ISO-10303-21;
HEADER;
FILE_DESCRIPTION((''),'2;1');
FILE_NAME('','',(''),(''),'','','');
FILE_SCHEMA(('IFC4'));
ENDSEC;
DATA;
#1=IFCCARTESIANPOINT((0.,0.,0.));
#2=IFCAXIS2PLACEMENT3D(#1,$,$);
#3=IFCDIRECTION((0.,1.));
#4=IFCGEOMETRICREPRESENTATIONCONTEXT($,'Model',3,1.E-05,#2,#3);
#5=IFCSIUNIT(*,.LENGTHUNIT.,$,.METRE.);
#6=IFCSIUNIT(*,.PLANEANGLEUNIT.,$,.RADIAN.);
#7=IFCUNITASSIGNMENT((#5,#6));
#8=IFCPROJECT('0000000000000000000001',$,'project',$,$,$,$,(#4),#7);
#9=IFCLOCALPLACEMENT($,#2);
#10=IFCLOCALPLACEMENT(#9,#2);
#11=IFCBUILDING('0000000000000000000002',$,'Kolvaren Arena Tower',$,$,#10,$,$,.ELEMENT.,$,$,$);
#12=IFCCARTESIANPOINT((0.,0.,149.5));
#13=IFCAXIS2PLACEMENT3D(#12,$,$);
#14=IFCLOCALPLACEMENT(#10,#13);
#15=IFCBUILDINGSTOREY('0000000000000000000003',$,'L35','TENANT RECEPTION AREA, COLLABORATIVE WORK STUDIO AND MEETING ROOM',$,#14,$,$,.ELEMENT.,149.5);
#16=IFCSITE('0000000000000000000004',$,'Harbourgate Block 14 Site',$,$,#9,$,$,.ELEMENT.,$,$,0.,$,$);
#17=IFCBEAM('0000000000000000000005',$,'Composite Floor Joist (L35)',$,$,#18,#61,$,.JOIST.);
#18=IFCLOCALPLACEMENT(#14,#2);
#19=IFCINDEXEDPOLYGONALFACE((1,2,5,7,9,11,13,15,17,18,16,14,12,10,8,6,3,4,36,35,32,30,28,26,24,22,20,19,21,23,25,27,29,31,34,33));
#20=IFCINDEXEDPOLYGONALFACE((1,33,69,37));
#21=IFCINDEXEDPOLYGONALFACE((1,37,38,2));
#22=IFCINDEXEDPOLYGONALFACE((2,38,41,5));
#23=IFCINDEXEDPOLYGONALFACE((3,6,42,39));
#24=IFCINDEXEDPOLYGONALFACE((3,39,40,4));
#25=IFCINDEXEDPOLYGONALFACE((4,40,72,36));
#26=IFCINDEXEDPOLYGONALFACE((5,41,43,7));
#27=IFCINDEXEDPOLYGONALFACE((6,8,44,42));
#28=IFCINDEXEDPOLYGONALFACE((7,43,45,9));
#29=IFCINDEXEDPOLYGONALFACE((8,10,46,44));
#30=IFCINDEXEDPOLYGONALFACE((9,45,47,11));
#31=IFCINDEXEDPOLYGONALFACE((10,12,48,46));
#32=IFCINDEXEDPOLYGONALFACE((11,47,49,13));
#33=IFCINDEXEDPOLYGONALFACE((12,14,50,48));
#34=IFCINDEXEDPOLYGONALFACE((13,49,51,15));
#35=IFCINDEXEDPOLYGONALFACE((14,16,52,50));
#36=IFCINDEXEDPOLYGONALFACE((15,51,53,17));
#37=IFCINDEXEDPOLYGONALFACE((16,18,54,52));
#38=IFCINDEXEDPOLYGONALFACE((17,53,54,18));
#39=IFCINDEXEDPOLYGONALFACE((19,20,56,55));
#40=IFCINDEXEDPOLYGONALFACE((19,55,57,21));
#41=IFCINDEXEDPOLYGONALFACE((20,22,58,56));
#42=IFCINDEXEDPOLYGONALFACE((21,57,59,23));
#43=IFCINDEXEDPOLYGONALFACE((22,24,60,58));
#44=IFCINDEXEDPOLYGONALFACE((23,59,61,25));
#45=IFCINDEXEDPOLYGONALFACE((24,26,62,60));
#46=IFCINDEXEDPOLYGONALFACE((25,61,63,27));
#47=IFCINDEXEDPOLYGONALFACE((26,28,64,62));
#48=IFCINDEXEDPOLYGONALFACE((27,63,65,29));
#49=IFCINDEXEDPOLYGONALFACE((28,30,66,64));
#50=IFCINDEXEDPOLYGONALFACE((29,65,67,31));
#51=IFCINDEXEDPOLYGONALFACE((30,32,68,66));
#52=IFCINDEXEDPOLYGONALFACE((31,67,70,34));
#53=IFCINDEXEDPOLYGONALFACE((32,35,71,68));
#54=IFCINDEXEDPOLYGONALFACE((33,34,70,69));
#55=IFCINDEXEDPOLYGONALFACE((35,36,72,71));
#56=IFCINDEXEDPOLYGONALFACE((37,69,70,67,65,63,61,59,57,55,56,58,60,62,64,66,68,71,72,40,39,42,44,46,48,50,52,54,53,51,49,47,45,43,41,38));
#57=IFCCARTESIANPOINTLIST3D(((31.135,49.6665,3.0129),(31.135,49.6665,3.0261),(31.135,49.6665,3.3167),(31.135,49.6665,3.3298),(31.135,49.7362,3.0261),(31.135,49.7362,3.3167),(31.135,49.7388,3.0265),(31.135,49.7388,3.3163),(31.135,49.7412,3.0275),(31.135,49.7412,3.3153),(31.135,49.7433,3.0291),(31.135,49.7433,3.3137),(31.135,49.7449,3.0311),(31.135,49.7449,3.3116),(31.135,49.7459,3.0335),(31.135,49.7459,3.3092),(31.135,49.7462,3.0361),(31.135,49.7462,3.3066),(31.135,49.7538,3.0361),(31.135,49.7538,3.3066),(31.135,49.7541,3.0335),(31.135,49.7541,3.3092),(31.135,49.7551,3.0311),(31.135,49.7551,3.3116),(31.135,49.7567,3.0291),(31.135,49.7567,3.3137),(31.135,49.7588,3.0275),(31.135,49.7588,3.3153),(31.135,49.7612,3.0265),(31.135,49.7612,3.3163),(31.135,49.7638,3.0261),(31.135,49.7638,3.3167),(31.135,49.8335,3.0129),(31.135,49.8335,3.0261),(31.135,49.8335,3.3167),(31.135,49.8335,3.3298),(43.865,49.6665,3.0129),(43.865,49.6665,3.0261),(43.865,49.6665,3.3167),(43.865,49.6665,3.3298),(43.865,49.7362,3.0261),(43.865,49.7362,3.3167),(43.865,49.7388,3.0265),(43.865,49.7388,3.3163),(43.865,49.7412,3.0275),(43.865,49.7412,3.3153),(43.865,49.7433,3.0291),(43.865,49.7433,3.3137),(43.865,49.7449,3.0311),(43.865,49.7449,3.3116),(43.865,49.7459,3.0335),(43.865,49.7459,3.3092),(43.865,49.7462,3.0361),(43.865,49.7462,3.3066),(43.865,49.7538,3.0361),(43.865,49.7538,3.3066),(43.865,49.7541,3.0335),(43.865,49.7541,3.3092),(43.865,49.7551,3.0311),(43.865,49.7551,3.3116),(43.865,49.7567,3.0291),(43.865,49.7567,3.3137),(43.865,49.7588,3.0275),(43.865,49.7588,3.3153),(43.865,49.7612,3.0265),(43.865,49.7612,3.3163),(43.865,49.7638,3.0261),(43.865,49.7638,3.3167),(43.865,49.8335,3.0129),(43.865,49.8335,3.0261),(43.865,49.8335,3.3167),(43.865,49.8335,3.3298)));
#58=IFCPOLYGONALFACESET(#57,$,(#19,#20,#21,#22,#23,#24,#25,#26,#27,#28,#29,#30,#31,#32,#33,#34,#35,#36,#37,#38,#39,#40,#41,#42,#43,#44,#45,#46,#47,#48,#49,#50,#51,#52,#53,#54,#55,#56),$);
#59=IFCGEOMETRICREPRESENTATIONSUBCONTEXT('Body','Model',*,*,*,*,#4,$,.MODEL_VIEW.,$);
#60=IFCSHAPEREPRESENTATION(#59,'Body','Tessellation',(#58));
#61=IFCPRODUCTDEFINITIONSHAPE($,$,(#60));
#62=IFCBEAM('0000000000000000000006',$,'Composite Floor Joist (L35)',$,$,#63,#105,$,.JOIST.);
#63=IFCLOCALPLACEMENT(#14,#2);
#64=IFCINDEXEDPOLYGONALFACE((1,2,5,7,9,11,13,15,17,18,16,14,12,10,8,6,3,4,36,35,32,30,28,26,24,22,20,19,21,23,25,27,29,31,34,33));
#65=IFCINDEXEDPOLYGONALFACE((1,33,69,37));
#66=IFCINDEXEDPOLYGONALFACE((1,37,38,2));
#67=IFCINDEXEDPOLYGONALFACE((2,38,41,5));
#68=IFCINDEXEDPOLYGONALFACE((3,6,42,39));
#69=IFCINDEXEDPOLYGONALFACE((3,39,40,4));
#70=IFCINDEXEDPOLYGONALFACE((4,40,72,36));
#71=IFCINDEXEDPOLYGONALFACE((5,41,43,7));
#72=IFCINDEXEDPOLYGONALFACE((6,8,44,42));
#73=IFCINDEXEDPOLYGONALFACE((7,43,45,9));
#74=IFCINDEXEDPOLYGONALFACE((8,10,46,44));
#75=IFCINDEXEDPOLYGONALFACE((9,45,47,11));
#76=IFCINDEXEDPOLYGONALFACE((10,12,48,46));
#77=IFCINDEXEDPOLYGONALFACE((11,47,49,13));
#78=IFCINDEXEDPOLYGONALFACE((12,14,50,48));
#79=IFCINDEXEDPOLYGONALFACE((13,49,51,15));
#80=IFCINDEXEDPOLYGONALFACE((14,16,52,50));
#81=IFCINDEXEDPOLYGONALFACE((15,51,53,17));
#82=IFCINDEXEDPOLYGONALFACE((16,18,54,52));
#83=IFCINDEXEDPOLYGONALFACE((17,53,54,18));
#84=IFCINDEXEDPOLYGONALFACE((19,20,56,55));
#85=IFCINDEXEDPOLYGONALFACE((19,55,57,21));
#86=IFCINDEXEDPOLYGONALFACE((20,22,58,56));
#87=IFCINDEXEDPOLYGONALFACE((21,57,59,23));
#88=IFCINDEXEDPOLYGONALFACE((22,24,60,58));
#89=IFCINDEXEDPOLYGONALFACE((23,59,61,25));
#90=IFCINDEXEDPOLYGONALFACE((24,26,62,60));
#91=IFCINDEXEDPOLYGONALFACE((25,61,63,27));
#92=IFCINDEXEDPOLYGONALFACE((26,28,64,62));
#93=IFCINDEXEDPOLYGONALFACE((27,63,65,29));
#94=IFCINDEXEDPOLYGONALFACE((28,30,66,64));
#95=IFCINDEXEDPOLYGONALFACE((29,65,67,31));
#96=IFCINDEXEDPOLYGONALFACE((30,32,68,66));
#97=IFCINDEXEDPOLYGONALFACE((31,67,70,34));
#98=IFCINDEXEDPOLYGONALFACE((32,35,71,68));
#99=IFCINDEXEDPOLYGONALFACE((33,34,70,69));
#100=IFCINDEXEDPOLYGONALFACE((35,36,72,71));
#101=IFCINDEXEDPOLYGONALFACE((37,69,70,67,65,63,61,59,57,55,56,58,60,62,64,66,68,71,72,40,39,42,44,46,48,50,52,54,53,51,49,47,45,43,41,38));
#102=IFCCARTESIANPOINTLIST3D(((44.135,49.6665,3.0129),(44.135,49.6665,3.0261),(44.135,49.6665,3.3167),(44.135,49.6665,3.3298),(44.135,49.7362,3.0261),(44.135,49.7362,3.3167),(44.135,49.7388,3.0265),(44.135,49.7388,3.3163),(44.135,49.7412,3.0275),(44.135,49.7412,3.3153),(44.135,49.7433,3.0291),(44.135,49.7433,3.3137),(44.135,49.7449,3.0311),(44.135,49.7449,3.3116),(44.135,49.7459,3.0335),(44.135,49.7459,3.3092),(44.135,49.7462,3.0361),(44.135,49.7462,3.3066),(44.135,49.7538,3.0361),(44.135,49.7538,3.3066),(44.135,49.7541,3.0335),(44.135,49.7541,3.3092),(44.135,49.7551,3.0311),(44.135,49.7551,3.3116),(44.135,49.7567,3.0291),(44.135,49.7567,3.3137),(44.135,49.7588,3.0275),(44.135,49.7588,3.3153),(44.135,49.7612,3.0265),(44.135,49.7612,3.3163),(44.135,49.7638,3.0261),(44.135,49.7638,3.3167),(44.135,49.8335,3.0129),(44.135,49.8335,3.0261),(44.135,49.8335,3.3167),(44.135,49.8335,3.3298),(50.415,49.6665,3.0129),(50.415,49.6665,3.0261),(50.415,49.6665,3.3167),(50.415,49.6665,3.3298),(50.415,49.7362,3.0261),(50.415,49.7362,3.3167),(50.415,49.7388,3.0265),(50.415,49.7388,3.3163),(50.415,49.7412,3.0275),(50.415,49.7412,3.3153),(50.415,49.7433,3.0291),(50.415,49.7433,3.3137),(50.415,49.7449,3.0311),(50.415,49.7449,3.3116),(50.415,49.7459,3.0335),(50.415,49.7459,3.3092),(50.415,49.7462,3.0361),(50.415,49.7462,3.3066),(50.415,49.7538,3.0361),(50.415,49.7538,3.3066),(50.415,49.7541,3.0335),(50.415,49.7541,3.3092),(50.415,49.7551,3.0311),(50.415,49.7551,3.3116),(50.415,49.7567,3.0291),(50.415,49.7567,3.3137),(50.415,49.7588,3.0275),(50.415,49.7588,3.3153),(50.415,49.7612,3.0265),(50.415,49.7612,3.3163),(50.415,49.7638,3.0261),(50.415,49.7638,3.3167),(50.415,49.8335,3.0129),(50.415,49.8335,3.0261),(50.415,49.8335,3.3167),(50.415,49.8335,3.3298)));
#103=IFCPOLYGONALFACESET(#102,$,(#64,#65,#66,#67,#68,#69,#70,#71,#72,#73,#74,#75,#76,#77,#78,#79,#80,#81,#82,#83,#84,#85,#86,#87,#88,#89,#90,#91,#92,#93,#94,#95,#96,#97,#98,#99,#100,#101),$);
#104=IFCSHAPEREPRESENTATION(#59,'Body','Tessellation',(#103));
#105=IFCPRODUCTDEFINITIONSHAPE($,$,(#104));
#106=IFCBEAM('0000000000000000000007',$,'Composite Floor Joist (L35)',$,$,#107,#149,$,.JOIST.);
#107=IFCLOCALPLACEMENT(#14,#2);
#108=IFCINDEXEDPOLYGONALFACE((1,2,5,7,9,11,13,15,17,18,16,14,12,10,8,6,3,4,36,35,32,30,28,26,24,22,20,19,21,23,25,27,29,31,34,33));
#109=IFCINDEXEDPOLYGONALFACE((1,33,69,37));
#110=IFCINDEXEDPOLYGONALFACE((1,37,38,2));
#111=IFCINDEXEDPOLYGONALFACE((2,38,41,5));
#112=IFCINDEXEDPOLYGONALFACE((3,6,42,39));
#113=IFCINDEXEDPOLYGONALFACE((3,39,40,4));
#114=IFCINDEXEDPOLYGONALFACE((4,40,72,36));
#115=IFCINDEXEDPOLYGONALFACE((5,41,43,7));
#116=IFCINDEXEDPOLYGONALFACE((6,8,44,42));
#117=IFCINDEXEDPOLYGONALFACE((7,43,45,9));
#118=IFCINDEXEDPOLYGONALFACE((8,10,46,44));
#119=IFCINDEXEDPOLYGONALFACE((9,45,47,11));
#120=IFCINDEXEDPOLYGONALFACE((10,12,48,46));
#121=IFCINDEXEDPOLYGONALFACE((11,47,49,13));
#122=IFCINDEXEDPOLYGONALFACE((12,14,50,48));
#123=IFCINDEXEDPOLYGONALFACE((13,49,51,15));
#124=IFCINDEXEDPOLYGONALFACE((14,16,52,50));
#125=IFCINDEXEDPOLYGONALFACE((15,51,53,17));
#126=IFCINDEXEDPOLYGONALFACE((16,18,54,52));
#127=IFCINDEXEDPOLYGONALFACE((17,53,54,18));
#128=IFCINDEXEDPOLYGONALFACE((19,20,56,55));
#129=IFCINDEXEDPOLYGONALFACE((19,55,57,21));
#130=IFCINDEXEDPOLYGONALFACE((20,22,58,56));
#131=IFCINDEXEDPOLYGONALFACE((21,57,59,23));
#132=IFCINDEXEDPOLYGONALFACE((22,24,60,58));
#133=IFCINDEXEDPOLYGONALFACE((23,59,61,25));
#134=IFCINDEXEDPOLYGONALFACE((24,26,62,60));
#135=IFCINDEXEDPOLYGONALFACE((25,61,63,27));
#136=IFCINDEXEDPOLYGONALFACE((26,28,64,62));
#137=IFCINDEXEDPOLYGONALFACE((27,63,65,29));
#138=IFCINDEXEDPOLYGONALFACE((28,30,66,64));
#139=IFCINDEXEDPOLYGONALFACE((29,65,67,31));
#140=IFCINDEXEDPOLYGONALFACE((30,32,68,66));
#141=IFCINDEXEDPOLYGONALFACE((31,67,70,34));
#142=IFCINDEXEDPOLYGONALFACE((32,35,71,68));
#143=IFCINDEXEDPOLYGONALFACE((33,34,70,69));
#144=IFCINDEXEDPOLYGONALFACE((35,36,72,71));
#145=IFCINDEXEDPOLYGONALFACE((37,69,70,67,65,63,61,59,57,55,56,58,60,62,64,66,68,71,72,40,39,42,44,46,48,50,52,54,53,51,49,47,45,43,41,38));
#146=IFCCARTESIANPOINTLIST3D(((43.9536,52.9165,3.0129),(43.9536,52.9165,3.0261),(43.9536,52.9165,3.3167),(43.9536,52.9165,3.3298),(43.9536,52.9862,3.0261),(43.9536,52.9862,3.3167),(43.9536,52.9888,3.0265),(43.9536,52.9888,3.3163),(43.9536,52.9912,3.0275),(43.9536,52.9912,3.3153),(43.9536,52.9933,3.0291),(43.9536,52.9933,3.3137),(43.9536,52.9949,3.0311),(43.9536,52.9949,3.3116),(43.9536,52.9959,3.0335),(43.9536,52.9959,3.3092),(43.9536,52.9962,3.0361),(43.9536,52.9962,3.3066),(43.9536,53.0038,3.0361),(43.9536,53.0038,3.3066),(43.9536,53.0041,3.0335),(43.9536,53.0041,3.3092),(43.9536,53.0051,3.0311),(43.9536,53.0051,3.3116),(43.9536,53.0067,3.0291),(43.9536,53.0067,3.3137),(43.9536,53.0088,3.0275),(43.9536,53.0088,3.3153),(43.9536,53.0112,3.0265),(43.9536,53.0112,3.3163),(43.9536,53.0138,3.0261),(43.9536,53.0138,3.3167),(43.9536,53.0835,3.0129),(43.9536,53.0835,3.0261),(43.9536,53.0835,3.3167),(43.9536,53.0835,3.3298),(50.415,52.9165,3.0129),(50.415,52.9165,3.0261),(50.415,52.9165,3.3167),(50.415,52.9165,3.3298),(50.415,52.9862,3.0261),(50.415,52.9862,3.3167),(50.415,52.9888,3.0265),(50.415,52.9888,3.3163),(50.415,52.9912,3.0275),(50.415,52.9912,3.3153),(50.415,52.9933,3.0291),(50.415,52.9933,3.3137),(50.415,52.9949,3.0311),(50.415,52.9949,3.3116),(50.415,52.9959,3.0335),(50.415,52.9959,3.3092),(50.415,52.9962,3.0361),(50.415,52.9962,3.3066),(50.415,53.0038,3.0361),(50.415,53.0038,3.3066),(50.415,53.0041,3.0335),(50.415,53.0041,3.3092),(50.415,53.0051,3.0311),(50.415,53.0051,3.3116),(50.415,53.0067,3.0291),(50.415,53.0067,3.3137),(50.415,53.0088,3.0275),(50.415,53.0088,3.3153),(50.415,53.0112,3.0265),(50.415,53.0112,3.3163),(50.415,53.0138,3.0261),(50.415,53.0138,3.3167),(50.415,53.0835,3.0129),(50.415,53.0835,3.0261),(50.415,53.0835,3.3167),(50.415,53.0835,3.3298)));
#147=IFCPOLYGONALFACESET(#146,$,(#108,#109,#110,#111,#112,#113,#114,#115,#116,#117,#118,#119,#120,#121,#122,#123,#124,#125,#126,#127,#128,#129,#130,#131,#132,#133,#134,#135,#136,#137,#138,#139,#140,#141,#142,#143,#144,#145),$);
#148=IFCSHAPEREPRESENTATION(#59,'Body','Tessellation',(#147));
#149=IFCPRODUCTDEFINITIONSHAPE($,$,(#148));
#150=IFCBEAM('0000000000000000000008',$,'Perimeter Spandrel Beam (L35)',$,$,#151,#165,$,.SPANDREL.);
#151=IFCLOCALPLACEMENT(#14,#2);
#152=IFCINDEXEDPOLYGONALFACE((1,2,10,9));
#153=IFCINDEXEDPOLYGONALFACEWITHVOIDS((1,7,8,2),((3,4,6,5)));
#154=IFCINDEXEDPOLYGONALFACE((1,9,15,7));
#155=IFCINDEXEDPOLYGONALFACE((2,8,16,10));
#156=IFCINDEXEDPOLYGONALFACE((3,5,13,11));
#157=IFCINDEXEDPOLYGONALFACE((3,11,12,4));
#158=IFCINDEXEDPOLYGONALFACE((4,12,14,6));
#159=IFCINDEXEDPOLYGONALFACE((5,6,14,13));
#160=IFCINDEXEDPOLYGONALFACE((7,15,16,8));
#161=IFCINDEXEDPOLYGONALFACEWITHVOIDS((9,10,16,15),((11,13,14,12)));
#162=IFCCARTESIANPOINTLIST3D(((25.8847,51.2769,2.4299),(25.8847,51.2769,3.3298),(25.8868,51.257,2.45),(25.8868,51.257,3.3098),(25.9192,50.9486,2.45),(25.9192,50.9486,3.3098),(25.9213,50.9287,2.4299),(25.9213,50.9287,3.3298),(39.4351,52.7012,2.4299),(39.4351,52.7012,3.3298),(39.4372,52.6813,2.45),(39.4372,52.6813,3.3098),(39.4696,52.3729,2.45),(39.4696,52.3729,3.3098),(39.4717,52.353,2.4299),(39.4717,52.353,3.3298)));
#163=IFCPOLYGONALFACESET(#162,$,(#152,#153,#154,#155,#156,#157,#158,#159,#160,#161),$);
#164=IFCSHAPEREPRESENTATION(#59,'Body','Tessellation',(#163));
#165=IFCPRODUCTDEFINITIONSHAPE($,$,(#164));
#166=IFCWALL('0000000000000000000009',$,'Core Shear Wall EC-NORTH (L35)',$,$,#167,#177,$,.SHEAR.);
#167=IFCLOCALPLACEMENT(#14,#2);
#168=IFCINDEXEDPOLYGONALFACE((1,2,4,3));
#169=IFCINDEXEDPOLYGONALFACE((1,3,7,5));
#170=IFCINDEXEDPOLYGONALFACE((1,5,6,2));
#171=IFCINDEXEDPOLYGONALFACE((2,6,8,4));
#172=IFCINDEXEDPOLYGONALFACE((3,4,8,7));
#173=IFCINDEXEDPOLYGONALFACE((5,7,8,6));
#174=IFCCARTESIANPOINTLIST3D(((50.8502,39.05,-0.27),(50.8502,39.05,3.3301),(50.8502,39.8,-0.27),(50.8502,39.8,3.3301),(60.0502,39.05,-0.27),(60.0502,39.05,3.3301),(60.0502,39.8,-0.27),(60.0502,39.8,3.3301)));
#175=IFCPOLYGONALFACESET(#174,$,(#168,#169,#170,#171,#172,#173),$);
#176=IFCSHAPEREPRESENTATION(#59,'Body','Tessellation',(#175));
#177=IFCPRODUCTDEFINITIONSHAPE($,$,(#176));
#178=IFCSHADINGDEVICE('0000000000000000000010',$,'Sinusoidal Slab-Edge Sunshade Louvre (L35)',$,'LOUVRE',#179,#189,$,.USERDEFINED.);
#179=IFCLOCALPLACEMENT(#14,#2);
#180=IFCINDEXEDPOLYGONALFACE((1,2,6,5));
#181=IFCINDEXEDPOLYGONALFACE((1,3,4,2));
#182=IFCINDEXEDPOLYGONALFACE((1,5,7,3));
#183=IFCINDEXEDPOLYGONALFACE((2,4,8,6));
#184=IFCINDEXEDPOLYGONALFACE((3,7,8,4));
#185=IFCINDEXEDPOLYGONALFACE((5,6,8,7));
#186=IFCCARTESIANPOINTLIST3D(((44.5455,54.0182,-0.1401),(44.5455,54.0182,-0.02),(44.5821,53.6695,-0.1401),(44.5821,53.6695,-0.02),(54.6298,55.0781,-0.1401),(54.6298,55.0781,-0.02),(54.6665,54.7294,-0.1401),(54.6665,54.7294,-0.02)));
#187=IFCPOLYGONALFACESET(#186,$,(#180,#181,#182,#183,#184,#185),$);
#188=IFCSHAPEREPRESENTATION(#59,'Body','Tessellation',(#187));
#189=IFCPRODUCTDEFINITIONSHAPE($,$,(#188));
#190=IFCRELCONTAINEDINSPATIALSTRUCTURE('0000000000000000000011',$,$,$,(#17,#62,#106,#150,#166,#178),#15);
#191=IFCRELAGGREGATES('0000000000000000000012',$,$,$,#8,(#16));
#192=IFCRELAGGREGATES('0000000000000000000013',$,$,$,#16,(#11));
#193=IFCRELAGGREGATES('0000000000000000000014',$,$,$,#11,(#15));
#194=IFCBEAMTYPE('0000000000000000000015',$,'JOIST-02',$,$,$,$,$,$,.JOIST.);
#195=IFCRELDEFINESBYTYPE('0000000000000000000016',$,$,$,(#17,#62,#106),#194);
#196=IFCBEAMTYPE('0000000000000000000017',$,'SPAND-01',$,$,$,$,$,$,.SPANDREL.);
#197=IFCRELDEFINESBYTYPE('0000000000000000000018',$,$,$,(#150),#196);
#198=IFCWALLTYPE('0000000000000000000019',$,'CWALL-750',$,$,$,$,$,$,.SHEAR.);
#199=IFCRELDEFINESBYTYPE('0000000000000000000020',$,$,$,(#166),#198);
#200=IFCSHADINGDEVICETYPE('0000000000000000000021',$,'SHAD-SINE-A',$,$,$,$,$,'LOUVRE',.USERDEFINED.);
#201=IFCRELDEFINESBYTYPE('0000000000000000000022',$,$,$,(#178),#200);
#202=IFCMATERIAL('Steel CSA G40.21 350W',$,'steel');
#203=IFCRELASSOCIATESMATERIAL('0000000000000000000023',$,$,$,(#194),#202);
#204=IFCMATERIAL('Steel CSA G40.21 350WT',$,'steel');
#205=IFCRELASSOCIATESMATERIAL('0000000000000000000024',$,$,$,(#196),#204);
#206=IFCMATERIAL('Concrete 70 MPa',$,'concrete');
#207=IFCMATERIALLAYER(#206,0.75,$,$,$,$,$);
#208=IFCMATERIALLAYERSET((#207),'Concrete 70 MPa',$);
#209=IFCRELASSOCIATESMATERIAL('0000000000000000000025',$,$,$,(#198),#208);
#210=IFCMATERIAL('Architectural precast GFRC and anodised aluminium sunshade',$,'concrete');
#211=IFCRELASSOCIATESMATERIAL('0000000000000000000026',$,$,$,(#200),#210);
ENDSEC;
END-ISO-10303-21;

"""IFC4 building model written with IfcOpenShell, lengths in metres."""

from ifc_helpers import new_model, si_unit, direction, frame, frame_2d, origin, origin_2d, place, context, subcontext, project, spatial, rectangle, hollow_rectangle, i_section, extrude, material, layer, layer_set, material_profile, profile_set, type_object, element, save


model = new_model("IFC4")

# Units and contexts
model_context = context("Model", 3, precision=1e-05, world=origin(), true_north=direction((0.0, 1.0)))
body_context = subcontext(model_context, "Body", "Model", "MODEL_VIEW")
ifc_project = project(units=[si_unit("LENGTHUNIT", "METRE"), si_unit("PLANEANGLEUNIT", "RADIAN")], contexts=[model_context])

# Site, building, storey
site_placement = place(None, origin())
site = spatial("IfcSite", under=ifc_project, at=site_placement, Name="Harbourgate Block 14 Site", CompositionType="ELEMENT", RefElevation=0.0)
building_placement = place(site_placement, origin())
building = spatial("IfcBuilding", under=site, at=building_placement, Name="Kolvaren Arena Tower", CompositionType="ELEMENT")
storey_placement = place(building_placement, frame((0.0, 0.0, 149.5)))
storey = spatial("IfcBuildingStorey", under=building, at=storey_placement, Name="L35", Description="TENANT RECEPTION AREA, COLLABORATIVE WORK STUDIO AND MEETING ROOM", CompositionType="ELEMENT", Elevation=149.5)

# Beams
ifc_material_1 = material(Name="Steel CSA G40.21 350W", Category="steel")
ifc_material_profile_1 = material_profile(ifc_material_1, i_section(OverallWidth=0.167, OverallDepth=0.3169, WebThickness=0.0076, FlangeThickness=0.0132, FilletRadius=0.01, at=origin_2d()), Name="W310x52")
ifc_profile_set_1 = profile_set([ifc_material_profile_1], Name="Steel CSA G40.21 350W")
beam_type_1 = type_object("IfcBeamType", Name="JOIST-02", PredefinedType="JOIST", material=ifc_profile_set_1)
beam_1_placement = place(storey_placement, frame((31.135, 49.75, 3.1714), z_axis=(1.0, 0.0, 0.0), x_axis=(0.0, 1.0, 0.0)))
element("IfcBeam", 1, at=beam_1_placement, inside=storey, type_object=beam_type_1, Name="Composite Floor Joist (L35)", PredefinedType="JOIST", context=body_context, shape_type="SweptSolid", body=[
    extrude(i_section(OverallWidth=0.167, OverallDepth=0.3169, WebThickness=0.0076, FlangeThickness=0.0132, FilletRadius=0.01, at=origin_2d()), origin(), (0.0, 0.0, 1.0), 12.73),
])
beam_2_placement = place(storey_placement, frame((44.135, 49.75, 3.1714), z_axis=(1.0, 0.0, 0.0), x_axis=(0.0, 1.0, 0.0)))
element("IfcBeam", 2, at=beam_2_placement, inside=storey, type_object=beam_type_1, Name="Composite Floor Joist (L35)", PredefinedType="JOIST", context=body_context, shape_type="SweptSolid", body=[
    extrude(i_section(OverallWidth=0.167, OverallDepth=0.3169, WebThickness=0.0076, FlangeThickness=0.0132, FilletRadius=0.01, at=origin_2d()), origin(), (0.0, 0.0, 1.0), 6.28),
])
beam_3_placement = place(storey_placement, frame((43.9536, 53.0, 3.1714), z_axis=(1.0, 0.0, 0.0), x_axis=(0.0, 1.0, 0.0)))
element("IfcBeam", 3, at=beam_3_placement, inside=storey, type_object=beam_type_1, Name="Composite Floor Joist (L35)", PredefinedType="JOIST", context=body_context, shape_type="SweptSolid", body=[
    extrude(i_section(OverallWidth=0.167, OverallDepth=0.3169, WebThickness=0.0076, FlangeThickness=0.0132, FilletRadius=0.01, at=origin_2d()), origin(), (0.0, 0.0, 1.0), 6.4614),
])
ifc_material_2 = material(Name="Steel CSA G40.21 350WT", Category="steel")
ifc_material_profile_2 = material_profile(ifc_material_2, hollow_rectangle(XDim=0.3501, YDim=0.8999, WallThickness=0.02, at=origin_2d()), Name="HSS 900x350x20")
ifc_profile_set_2 = profile_set([ifc_material_profile_2], Name="Steel CSA G40.21 350WT")
beam_type_2 = type_object("IfcBeamType", Name="SPAND-01", PredefinedType="SPANDREL", material=ifc_profile_set_2)
beam_4_placement = place(storey_placement, frame((39.4534, 52.5271, 2.8799), z_axis=(-0.994521, -0.104537, 0.0), x_axis=(0.104537, -0.994521, 0.0)))
element("IfcBeam", 4, at=beam_4_placement, inside=storey, type_object=beam_type_2, Name="Perimeter Spandrel Beam (L35)", PredefinedType="SPANDREL", context=body_context, shape_type="SweptSolid", body=[
    extrude(hollow_rectangle(XDim=0.3501, YDim=0.8999, WallThickness=0.02, at=origin_2d()), origin(), (0.0, 0.0, 1.0), 13.625),
])

# Wall
ifc_material_3 = material(Name="Concrete 70 MPa", Category="concrete")
ifc_layer = layer(ifc_material_3, 0.75)
ifc_layer_set = layer_set([ifc_layer], Name="Concrete 70 MPa")
wall_type = type_object("IfcWallType", Name="CWALL-750", PredefinedType="SHEAR", material=ifc_layer_set)
wall_placement = place(storey_placement, frame((50.8501, 39.425, -0.27), z_axis=(0.0, 0.0, 1.0), x_axis=(1.0, 0.0, 0.0)))
element("IfcWall", 5, at=wall_placement, inside=storey, type_object=wall_type, Name="Core Shear Wall EC-NORTH (L35)", PredefinedType="SHEAR", context=body_context, shape_type="SweptSolid", body=[
    extrude(rectangle(XDim=9.2, YDim=0.75, at=frame_2d((4.6001, 0.0))), origin(), (0.0, 0.0, 1.0), 3.6001),
])

# Shading device
ifc_material_4 = material(Name="Architectural precast GFRC and anodised aluminium sunshade", Category="concrete")
shading_device_type_1 = type_object("IfcShadingDeviceType", Name="SHAD-SINE-A", ElementType="LOUVRE", PredefinedType="USERDEFINED", material=ifc_material_4)
shading_device_1_placement = place(storey_placement, frame((49.606, 54.3738, -0.1401), z_axis=(0.0, 0.0, 1.0), x_axis=(0.994522, 0.104527, 0.0)))
element("IfcShadingDevice", 6, at=shading_device_1_placement, inside=storey, type_object=shading_device_type_1, Name="Sinusoidal Slab-Edge Sunshade Louvre (L35)", ObjectType="LOUVRE", PredefinedType="USERDEFINED", context=body_context, shape_type="SweptSolid", body=[
    extrude(rectangle(XDim=10.1399, YDim=0.3506, at=origin_2d()), origin(), (0.0, 0.0, 1.0), 0.1201),
])

save(model, "model.ifc")
